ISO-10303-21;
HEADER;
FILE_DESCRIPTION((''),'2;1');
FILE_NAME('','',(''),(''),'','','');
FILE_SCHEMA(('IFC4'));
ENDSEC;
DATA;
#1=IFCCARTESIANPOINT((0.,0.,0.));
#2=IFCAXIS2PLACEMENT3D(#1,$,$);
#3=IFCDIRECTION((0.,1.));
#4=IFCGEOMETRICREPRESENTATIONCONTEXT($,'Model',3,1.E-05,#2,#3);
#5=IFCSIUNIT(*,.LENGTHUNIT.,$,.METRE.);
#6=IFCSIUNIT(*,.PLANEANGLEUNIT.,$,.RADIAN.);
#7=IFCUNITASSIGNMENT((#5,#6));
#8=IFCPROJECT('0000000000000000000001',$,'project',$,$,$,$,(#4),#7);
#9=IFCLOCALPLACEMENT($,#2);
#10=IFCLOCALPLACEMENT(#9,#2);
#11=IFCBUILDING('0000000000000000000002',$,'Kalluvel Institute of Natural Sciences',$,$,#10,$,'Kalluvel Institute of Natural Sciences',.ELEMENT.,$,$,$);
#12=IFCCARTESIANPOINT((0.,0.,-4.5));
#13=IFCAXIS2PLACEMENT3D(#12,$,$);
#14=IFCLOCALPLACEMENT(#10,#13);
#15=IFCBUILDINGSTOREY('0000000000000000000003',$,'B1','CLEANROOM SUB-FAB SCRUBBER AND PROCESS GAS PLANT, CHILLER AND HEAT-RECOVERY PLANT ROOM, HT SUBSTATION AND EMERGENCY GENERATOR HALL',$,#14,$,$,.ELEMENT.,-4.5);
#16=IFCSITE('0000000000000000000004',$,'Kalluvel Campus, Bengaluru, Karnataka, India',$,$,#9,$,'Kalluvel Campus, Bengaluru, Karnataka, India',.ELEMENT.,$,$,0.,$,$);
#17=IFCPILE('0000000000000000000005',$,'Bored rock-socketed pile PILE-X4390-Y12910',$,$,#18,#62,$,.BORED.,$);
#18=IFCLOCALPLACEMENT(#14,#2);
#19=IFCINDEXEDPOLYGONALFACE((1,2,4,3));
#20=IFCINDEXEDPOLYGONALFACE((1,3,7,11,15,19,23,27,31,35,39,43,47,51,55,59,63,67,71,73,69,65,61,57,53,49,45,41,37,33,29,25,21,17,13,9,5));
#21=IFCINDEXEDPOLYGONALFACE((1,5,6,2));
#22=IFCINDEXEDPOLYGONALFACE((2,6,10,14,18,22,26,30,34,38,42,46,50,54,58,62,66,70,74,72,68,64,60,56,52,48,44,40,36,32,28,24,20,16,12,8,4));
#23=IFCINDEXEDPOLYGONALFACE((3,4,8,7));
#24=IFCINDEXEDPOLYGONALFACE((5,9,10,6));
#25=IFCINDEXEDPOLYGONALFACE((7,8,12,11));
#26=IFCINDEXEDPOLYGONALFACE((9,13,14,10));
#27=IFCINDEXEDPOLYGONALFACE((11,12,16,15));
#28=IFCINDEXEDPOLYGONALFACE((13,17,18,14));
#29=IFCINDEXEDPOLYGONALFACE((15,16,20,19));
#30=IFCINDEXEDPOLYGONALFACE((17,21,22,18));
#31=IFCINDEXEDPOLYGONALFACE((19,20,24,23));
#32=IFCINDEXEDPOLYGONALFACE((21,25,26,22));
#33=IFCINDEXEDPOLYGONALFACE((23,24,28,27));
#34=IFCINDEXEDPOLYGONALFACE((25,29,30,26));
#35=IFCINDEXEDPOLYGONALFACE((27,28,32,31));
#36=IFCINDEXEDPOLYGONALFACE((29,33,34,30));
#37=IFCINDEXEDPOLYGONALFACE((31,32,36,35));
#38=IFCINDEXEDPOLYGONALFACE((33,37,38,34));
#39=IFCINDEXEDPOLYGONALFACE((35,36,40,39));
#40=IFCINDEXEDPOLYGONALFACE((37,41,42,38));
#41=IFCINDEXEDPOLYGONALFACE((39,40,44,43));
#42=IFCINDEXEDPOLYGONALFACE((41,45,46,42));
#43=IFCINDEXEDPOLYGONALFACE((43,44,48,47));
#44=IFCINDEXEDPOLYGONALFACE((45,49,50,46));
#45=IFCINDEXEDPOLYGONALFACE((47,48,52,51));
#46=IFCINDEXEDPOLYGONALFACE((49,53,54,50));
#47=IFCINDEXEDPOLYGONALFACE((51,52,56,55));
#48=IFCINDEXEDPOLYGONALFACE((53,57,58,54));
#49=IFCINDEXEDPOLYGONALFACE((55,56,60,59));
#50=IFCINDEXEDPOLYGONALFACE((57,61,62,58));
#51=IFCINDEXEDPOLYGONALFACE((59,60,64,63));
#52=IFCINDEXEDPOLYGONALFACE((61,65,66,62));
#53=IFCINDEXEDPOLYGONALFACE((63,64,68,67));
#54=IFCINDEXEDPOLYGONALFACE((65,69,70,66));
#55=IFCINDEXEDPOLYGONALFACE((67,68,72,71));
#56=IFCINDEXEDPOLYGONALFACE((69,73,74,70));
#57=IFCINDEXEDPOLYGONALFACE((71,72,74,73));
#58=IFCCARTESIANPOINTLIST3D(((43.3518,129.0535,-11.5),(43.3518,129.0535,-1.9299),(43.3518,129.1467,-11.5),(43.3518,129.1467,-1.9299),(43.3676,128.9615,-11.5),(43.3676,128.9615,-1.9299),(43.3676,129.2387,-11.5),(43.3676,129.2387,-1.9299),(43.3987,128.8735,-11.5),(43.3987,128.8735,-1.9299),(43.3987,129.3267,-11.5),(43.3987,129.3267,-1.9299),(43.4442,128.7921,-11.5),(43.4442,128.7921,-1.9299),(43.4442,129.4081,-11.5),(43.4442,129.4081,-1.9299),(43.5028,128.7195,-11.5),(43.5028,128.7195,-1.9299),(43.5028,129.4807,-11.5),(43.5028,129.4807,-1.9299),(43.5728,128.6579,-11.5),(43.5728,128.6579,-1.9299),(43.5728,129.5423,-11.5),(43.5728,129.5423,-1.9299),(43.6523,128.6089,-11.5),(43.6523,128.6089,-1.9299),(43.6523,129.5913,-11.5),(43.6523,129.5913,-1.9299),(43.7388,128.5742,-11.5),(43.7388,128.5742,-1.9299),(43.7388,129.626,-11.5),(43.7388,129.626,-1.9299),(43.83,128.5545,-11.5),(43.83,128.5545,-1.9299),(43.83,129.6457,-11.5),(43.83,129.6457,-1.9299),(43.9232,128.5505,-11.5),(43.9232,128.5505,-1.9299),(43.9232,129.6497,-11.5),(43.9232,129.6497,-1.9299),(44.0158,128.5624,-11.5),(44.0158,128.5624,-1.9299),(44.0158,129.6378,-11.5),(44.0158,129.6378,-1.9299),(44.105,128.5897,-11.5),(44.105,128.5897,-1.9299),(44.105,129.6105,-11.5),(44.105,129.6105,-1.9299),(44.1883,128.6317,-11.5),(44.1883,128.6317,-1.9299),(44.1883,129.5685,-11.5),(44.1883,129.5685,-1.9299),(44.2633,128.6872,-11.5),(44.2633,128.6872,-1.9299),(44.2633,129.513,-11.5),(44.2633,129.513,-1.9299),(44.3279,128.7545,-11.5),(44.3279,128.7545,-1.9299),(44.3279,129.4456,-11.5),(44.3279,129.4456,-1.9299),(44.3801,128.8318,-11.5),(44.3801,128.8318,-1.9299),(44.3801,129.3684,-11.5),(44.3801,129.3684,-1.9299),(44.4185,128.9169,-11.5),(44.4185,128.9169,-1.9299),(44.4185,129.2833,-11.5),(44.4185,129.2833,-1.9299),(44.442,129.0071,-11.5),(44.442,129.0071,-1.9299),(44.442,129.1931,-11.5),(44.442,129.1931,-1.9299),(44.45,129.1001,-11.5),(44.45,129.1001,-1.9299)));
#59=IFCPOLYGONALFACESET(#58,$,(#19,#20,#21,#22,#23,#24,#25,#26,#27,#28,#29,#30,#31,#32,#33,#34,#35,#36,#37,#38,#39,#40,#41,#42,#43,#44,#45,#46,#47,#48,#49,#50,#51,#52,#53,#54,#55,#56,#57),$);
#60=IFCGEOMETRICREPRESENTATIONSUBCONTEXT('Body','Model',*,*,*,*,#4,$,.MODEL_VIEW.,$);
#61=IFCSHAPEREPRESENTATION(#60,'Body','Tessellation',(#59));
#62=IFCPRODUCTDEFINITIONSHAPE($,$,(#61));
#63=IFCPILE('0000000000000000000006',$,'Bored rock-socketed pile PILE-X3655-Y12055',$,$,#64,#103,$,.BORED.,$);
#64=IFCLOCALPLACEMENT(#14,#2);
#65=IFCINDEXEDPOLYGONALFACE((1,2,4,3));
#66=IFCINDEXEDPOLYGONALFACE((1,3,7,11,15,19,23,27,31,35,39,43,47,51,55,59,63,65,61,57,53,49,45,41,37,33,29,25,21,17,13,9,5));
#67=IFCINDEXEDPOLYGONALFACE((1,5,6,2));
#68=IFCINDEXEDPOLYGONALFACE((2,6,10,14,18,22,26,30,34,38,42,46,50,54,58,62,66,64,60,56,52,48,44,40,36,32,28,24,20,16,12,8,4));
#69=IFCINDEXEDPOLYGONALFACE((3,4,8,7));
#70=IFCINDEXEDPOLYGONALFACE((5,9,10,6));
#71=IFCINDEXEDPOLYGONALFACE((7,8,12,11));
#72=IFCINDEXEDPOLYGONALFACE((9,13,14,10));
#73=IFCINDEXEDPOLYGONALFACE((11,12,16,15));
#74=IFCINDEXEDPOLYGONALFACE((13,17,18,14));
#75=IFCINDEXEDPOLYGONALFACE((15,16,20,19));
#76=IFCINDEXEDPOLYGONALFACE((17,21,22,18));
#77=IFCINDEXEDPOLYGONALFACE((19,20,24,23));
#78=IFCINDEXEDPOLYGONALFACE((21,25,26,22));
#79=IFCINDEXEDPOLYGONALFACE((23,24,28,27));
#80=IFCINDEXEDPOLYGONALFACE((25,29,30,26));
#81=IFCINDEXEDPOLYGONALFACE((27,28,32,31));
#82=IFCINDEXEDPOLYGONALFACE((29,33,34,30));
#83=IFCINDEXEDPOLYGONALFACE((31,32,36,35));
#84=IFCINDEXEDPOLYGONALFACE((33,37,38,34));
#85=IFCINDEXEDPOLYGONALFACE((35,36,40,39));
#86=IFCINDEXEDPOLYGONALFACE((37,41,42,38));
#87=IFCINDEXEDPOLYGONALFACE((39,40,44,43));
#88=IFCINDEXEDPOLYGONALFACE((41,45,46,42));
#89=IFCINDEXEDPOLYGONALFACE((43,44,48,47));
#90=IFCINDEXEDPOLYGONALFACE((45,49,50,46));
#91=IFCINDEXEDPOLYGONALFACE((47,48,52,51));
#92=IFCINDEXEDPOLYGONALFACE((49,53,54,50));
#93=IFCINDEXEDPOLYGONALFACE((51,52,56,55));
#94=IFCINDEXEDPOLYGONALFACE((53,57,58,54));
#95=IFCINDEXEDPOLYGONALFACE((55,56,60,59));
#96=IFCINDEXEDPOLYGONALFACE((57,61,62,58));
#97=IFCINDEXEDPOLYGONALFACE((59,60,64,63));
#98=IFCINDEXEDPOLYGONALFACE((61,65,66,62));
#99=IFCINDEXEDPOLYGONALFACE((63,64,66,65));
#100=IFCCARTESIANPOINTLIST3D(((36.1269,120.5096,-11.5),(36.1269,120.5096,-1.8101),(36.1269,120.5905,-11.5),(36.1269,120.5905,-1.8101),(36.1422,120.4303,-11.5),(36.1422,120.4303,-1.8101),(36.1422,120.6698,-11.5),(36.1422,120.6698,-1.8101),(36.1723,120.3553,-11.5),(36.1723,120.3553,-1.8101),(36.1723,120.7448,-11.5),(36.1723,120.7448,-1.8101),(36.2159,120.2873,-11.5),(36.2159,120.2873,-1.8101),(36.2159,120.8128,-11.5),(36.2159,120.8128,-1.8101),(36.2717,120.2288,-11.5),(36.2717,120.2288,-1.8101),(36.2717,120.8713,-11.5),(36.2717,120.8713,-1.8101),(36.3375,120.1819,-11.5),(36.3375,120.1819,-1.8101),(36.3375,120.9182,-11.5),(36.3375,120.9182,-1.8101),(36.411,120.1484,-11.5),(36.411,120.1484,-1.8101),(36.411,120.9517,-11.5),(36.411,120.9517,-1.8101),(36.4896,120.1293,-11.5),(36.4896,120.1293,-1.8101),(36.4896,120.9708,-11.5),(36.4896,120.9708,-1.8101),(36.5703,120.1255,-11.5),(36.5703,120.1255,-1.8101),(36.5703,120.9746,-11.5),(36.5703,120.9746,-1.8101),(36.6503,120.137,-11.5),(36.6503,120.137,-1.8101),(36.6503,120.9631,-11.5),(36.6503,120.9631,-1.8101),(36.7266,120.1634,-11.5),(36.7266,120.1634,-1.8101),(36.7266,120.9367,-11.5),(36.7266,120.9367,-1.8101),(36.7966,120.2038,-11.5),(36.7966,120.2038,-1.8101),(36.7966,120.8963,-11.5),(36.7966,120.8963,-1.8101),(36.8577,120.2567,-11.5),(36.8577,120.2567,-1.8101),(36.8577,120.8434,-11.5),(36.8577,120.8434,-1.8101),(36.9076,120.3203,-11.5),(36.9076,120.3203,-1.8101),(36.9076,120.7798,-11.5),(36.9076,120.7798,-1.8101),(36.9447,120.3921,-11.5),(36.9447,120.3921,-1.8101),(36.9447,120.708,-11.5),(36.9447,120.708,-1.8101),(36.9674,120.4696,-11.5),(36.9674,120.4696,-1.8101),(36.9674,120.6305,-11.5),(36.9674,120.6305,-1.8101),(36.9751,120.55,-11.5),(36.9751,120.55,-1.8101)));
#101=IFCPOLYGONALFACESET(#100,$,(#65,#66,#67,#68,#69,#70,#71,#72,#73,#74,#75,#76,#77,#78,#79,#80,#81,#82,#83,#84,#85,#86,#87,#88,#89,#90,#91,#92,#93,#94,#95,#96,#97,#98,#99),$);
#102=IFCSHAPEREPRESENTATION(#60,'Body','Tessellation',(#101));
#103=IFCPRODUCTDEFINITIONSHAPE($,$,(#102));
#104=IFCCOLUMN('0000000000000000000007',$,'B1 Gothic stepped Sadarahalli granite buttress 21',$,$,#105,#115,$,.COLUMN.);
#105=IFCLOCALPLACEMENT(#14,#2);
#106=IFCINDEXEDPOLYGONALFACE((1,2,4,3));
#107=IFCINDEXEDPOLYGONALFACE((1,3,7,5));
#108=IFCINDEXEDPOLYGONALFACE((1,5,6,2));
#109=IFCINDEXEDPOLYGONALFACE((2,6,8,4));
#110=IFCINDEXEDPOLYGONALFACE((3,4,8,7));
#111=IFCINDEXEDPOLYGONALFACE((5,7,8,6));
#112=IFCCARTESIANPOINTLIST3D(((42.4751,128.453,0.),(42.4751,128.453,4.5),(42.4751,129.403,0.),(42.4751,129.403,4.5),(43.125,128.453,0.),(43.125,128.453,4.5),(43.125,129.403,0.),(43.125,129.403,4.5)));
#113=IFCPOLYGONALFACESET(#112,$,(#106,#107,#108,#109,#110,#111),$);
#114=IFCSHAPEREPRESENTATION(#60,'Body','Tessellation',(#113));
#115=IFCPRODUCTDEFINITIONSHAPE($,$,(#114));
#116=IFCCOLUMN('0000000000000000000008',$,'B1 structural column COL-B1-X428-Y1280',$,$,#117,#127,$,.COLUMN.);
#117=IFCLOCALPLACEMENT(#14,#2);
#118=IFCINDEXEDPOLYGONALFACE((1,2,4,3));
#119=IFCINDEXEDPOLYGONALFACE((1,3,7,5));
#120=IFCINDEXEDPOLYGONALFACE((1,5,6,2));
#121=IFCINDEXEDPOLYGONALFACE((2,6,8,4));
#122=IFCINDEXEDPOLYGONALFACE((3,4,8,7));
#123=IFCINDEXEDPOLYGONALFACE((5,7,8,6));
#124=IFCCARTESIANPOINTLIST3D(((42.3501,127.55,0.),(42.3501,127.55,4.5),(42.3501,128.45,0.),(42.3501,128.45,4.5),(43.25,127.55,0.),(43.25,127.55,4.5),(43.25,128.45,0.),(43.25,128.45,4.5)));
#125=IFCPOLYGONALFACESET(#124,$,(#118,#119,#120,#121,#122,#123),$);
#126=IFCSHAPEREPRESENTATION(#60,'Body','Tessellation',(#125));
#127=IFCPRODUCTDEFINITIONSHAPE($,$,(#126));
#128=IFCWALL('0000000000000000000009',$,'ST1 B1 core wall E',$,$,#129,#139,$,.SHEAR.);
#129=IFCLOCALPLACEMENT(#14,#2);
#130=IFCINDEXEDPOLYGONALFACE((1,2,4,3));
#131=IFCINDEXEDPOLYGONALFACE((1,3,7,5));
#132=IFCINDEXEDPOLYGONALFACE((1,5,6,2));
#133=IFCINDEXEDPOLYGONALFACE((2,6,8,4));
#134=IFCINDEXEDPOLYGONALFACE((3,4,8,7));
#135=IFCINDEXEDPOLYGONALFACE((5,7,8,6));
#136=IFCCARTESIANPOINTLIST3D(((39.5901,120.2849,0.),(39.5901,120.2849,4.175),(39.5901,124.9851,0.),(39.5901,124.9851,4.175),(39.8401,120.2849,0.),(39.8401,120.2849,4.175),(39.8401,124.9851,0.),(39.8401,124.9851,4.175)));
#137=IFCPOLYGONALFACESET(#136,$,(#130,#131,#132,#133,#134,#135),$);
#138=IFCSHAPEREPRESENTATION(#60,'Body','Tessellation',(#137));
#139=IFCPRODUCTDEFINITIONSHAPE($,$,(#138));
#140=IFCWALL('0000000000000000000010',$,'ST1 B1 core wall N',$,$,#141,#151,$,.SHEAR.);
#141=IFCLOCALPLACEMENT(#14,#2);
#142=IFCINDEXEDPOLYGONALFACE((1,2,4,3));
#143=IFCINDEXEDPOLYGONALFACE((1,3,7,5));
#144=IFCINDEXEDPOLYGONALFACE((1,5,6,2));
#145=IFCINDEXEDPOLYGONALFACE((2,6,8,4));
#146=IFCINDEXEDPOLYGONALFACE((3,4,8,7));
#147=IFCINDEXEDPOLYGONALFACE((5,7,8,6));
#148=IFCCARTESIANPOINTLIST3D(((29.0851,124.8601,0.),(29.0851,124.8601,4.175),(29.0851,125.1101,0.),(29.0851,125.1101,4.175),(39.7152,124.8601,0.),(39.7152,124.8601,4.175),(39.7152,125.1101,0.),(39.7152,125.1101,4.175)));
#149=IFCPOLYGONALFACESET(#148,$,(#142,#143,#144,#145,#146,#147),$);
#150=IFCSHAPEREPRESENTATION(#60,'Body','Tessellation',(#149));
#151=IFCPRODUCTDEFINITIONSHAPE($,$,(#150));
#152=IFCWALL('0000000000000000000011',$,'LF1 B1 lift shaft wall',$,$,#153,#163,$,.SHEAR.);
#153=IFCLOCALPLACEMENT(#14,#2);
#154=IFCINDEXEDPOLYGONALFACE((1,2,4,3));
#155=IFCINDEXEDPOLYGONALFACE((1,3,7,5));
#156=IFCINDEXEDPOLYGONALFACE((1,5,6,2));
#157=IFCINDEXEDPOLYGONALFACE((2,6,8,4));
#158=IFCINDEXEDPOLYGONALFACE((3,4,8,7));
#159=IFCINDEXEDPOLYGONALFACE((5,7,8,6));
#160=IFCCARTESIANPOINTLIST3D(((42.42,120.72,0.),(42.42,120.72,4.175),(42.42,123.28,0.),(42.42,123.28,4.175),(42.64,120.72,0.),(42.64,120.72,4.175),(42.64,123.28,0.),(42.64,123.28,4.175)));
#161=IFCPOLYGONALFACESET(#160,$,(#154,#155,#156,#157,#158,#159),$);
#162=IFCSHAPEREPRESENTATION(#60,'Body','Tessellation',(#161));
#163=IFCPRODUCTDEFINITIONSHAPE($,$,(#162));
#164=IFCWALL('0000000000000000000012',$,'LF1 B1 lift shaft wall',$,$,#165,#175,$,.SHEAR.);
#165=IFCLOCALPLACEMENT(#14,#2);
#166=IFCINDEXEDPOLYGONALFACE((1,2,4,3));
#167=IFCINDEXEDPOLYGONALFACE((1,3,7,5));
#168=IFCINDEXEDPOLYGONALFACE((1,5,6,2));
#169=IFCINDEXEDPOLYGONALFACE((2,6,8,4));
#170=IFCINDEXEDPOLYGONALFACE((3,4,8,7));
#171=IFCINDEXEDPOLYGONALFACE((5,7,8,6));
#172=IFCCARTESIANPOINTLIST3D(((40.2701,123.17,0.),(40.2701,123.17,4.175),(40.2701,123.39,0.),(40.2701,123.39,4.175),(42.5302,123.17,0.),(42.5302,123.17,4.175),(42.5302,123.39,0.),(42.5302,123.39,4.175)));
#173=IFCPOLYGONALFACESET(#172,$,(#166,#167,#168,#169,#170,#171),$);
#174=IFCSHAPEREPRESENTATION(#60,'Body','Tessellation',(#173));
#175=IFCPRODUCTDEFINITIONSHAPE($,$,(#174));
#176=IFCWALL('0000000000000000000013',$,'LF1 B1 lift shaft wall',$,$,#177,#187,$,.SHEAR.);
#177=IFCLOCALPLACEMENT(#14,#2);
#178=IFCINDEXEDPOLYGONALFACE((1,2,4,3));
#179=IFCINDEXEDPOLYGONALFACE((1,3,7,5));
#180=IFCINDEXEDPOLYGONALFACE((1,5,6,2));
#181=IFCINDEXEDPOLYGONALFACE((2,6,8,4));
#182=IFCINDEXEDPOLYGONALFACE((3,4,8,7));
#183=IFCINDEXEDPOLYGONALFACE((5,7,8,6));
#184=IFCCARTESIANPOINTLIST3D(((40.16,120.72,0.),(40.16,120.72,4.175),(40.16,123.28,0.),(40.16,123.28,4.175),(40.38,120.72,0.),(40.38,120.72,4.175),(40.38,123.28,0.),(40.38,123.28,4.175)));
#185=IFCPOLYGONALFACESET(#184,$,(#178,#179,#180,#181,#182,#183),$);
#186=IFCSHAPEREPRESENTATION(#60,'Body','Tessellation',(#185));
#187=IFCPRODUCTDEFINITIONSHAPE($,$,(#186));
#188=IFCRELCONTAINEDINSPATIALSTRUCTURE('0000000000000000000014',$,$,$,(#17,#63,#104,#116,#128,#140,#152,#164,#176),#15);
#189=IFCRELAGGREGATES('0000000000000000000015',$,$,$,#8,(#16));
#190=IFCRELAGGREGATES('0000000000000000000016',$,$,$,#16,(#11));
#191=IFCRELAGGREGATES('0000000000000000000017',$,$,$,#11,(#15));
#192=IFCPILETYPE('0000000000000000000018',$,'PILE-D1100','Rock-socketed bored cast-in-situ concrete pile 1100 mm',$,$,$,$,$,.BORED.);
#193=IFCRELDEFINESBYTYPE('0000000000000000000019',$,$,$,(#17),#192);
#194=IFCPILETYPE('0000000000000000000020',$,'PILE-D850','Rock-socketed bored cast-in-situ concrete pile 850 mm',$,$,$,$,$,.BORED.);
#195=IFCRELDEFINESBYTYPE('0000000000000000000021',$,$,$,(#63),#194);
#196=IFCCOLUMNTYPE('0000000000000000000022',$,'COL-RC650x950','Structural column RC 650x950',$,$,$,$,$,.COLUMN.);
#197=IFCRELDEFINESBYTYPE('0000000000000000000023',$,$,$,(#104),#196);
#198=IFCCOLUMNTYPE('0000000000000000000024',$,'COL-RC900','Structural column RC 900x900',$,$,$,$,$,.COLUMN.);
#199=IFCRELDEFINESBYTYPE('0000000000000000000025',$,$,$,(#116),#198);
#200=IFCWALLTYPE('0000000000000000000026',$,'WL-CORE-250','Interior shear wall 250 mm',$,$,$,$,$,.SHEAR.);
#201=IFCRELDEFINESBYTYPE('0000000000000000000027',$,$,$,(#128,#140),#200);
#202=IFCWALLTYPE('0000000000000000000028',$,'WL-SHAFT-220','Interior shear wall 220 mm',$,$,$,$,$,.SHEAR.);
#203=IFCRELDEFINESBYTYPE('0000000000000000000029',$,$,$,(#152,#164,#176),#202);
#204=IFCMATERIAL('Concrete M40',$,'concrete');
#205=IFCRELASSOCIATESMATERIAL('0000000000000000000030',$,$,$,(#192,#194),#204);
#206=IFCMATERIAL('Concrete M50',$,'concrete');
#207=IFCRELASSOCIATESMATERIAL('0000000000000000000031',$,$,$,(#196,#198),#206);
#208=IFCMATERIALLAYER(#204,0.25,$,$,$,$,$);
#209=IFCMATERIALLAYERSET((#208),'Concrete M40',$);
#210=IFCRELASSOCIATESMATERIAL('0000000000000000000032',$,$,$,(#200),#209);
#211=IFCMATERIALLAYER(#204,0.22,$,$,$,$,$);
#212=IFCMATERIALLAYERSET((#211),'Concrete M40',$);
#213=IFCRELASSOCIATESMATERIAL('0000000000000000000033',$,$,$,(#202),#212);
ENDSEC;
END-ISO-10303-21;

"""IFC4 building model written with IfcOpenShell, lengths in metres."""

from ifc_helpers import new_model, si_unit, direction, frame, frame_2d, origin, origin_2d, place, context, subcontext, project, spatial, rectangle, circle, extrude, material, layer, layer_set, material_profile, profile_set, type_object, element, save


model = new_model("IFC4")

# Units and contexts
model_context = context("Model", 3, precision=1e-05, world=origin(), true_north=direction((0.0, 1.0)))
body_context = subcontext(model_context, "Body", "Model", "MODEL_VIEW")
ifc_project = project(units=[si_unit("LENGTHUNIT", "METRE"), si_unit("PLANEANGLEUNIT", "RADIAN")], contexts=[model_context])

# Site, building, storey
site_placement = place(None, origin())
site = spatial("IfcSite", under=ifc_project, at=site_placement, Name="Kalluvel Campus, Bengaluru, Karnataka, India", LongName="Kalluvel Campus, Bengaluru, Karnataka, India", CompositionType="ELEMENT", RefElevation=0.0)
building_placement = place(site_placement, origin())
building = spatial("IfcBuilding", under=site, at=building_placement, Name="Kalluvel Institute of Natural Sciences", LongName="Kalluvel Institute of Natural Sciences", CompositionType="ELEMENT")
storey_placement = place(building_placement, frame((0.0, 0.0, -4.5)))
storey = spatial("IfcBuildingStorey", under=building, at=storey_placement, Name="B1", Description="CLEANROOM SUB-FAB SCRUBBER AND PROCESS GAS PLANT, CHILLER AND HEAT-RECOVERY PLANT ROOM, HT SUBSTATION AND EMERGENCY GENERATOR HALL", CompositionType="ELEMENT", Elevation=-4.5)

# Shared definitions
ifc_material_1 = material(Name="Concrete M40", Category="concrete")

# Piles
ifc_material_profile_1 = material_profile(ifc_material_1, circle(Radius=0.55, at=origin_2d()), Name="PILE D1100")
ifc_profile_set_1 = profile_set([ifc_material_profile_1], Name="Concrete M40")
pile_type_1 = type_object("IfcPileType", Name="PILE-D1100", Description="Rock-socketed bored cast-in-situ concrete pile 1100 mm", PredefinedType="BORED", material=ifc_profile_set_1)
for number, where, z_axis, x_axis, name in (
    (1, (43.8999, 129.1001, -1.9299), (0.0, 0.0, -1.0), (1.0, 0.0, 0.0), "Bored rock-socketed pile PILE-X4390-Y12910"),
):
    element("IfcPile", number, at=place(storey_placement, frame(where, z_axis=z_axis, x_axis=x_axis)), inside=storey, type_object=pile_type_1, Name=name, PredefinedType="BORED", context=body_context, shape_type="SweptSolid", body=[
        extrude(circle(Radius=0.55, at=origin_2d()), origin(), (0.0, 0.0, 1.0), 9.5701),
    ])
ifc_material_profile_2 = material_profile(ifc_material_1, circle(Radius=0.425, at=origin_2d()), Name="PILE D850")
ifc_profile_set_2 = profile_set([ifc_material_profile_2], Name="Concrete M40")
pile_type_2 = type_object("IfcPileType", Name="PILE-D850", Description="Rock-socketed bored cast-in-situ concrete pile 850 mm", PredefinedType="BORED", material=ifc_profile_set_2)
pile_placement = place(storey_placement, frame((36.55, 120.55, -1.8101), z_axis=(0.0, 0.0, -1.0), x_axis=(1.0, 0.0, 0.0)))
element("IfcPile", 2, at=pile_placement, inside=storey, type_object=pile_type_2, Name="Bored rock-socketed pile PILE-X3655-Y12055", PredefinedType="BORED", context=body_context, shape_type="SweptSolid", body=[
    extrude(circle(Radius=0.425, at=origin_2d()), origin(), (0.0, 0.0, 1.0), 9.6899),
])

# Columns
ifc_material_2 = material(Name="Concrete M50", Category="concrete")
ifc_material_profile_3 = material_profile(ifc_material_2, rectangle(XDim=0.6499, YDim=0.95, at=origin_2d()), Name="RC 650x950")
ifc_profile_set_3 = profile_set([ifc_material_profile_3], Name="Concrete M50")
column_type_1 = type_object("IfcColumnType", Name="COL-RC650x950", Description="Structural column RC 650x950", PredefinedType="COLUMN", material=ifc_profile_set_3)
column_1_placement = place(storey_placement, frame((42.8, 128.928, 0.0), z_axis=(0.0, 0.0, 1.0), x_axis=(1.0, 0.0, 0.0)))
element("IfcColumn", 3, at=column_1_placement, inside=storey, type_object=column_type_1, Name="B1 Gothic stepped Sadarahalli granite buttress 21", PredefinedType="COLUMN", context=body_context, shape_type="SweptSolid", body=[
    extrude(rectangle(XDim=0.6499, YDim=0.95, at=origin_2d()), origin(), (0.0, 0.0, 1.0), 4.5),
])
ifc_material_profile_4 = material_profile(ifc_material_2, rectangle(XDim=0.8999, YDim=0.8999, at=origin_2d()), Name="RC 900x900")
ifc_profile_set_4 = profile_set([ifc_material_profile_4], Name="Concrete M50")
column_type_2 = type_object("IfcColumnType", Name="COL-RC900", Description="Structural column RC 900x900", PredefinedType="COLUMN", material=ifc_profile_set_4)
column_2_placement = place(storey_placement, frame((42.8, 128.0, 0.0), z_axis=(0.0, 0.0, 1.0), x_axis=(1.0, 0.0, 0.0)))
element("IfcColumn", 4, at=column_2_placement, inside=storey, type_object=column_type_2, Name="B1 structural column COL-B1-X428-Y1280", PredefinedType="COLUMN", context=body_context, shape_type="SweptSolid", body=[
    extrude(rectangle(XDim=0.8999, YDim=0.8999, at=origin_2d()), origin(), (0.0, 0.0, 1.0), 4.5),
])

# Walls
ifc_layer_1 = layer(ifc_material_1, 0.25)
ifc_layer_set_1 = layer_set([ifc_layer_1], Name="Concrete M40")
wall_type_1 = type_object("IfcWallType", Name="WL-CORE-250", Description="Interior shear wall 250 mm", PredefinedType="SHEAR", material=ifc_layer_set_1)
wall_1_placement = place(storey_placement, frame((39.7151, 120.2849, 0.0), z_axis=(0.0, 0.0, 1.0), x_axis=(0.0, 1.0, 0.0)))
element("IfcWall", 5, at=wall_1_placement, inside=storey, type_object=wall_type_1, Name="ST1 B1 core wall E", PredefinedType="SHEAR", context=body_context, shape_type="SweptSolid", body=[
    extrude(rectangle(XDim=4.7002, YDim=0.25, at=frame_2d((2.3501, 0.0))), origin(), (0.0, 0.0, 1.0), 4.175),
])
wall_2_placement = place(storey_placement, frame((39.7151, 124.9851, 0.0), z_axis=(0.0, 0.0, 1.0), x_axis=(-1.0, 0.0, 0.0)))
element("IfcWall", 6, at=wall_2_placement, inside=storey, type_object=wall_type_1, Name="ST1 B1 core wall N", PredefinedType="SHEAR", context=body_context, shape_type="SweptSolid", body=[
    extrude(rectangle(XDim=10.6301, YDim=0.25, at=frame_2d((5.3149, 0.0))), origin(), (0.0, 0.0, 1.0), 4.175),
])

# Shared definitions
ifc_layer_2 = layer(ifc_material_1, 0.22)
ifc_layer_set_2 = layer_set([ifc_layer_2], Name="Concrete M40")
wall_type_2 = type_object("IfcWallType", Name="WL-SHAFT-220", Description="Interior shear wall 220 mm", PredefinedType="SHEAR", material=ifc_layer_set_2)

# Walls
wall_3_placement = place(storey_placement, frame((42.53, 120.72, 0.0), z_axis=(0.0, 0.0, 1.0), x_axis=(0.0, 1.0, 0.0)))
element("IfcWall", 7, at=wall_3_placement, inside=storey, type_object=wall_type_2, Name="LF1 B1 lift shaft wall", PredefinedType="SHEAR", context=body_context, shape_type="SweptSolid", body=[
    extrude(rectangle(XDim=2.5601, YDim=0.22, at=frame_2d((1.28, 0.0))), origin(), (0.0, 0.0, 1.0), 4.175),
])
wall_4_placement = place(storey_placement, frame((42.53, 123.28, 0.0), z_axis=(0.0, 0.0, 1.0), x_axis=(-1.0, 0.0, 0.0)))
element("IfcWall", 8, at=wall_4_placement, inside=storey, type_object=wall_type_2, Name="LF1 B1 lift shaft wall", PredefinedType="SHEAR", context=body_context, shape_type="SweptSolid", body=[
    extrude(rectangle(XDim=2.26, YDim=0.22, at=frame_2d((1.1299, 0.0))), origin(), (0.0, 0.0, 1.0), 4.175),
])
wall_5_placement = place(storey_placement, frame((40.27, 123.28, 0.0), z_axis=(0.0, 0.0, 1.0), x_axis=(0.0, -1.0, 0.0)))
element("IfcWall", 9, at=wall_5_placement, inside=storey, type_object=wall_type_2, Name="LF1 B1 lift shaft wall", PredefinedType="SHEAR", context=body_context, shape_type="SweptSolid", body=[
    extrude(rectangle(XDim=2.5601, YDim=0.22, at=frame_2d((1.28, 0.0))), origin(), (0.0, 0.0, 1.0), 4.175),
])

save(model, "model.ifc")
